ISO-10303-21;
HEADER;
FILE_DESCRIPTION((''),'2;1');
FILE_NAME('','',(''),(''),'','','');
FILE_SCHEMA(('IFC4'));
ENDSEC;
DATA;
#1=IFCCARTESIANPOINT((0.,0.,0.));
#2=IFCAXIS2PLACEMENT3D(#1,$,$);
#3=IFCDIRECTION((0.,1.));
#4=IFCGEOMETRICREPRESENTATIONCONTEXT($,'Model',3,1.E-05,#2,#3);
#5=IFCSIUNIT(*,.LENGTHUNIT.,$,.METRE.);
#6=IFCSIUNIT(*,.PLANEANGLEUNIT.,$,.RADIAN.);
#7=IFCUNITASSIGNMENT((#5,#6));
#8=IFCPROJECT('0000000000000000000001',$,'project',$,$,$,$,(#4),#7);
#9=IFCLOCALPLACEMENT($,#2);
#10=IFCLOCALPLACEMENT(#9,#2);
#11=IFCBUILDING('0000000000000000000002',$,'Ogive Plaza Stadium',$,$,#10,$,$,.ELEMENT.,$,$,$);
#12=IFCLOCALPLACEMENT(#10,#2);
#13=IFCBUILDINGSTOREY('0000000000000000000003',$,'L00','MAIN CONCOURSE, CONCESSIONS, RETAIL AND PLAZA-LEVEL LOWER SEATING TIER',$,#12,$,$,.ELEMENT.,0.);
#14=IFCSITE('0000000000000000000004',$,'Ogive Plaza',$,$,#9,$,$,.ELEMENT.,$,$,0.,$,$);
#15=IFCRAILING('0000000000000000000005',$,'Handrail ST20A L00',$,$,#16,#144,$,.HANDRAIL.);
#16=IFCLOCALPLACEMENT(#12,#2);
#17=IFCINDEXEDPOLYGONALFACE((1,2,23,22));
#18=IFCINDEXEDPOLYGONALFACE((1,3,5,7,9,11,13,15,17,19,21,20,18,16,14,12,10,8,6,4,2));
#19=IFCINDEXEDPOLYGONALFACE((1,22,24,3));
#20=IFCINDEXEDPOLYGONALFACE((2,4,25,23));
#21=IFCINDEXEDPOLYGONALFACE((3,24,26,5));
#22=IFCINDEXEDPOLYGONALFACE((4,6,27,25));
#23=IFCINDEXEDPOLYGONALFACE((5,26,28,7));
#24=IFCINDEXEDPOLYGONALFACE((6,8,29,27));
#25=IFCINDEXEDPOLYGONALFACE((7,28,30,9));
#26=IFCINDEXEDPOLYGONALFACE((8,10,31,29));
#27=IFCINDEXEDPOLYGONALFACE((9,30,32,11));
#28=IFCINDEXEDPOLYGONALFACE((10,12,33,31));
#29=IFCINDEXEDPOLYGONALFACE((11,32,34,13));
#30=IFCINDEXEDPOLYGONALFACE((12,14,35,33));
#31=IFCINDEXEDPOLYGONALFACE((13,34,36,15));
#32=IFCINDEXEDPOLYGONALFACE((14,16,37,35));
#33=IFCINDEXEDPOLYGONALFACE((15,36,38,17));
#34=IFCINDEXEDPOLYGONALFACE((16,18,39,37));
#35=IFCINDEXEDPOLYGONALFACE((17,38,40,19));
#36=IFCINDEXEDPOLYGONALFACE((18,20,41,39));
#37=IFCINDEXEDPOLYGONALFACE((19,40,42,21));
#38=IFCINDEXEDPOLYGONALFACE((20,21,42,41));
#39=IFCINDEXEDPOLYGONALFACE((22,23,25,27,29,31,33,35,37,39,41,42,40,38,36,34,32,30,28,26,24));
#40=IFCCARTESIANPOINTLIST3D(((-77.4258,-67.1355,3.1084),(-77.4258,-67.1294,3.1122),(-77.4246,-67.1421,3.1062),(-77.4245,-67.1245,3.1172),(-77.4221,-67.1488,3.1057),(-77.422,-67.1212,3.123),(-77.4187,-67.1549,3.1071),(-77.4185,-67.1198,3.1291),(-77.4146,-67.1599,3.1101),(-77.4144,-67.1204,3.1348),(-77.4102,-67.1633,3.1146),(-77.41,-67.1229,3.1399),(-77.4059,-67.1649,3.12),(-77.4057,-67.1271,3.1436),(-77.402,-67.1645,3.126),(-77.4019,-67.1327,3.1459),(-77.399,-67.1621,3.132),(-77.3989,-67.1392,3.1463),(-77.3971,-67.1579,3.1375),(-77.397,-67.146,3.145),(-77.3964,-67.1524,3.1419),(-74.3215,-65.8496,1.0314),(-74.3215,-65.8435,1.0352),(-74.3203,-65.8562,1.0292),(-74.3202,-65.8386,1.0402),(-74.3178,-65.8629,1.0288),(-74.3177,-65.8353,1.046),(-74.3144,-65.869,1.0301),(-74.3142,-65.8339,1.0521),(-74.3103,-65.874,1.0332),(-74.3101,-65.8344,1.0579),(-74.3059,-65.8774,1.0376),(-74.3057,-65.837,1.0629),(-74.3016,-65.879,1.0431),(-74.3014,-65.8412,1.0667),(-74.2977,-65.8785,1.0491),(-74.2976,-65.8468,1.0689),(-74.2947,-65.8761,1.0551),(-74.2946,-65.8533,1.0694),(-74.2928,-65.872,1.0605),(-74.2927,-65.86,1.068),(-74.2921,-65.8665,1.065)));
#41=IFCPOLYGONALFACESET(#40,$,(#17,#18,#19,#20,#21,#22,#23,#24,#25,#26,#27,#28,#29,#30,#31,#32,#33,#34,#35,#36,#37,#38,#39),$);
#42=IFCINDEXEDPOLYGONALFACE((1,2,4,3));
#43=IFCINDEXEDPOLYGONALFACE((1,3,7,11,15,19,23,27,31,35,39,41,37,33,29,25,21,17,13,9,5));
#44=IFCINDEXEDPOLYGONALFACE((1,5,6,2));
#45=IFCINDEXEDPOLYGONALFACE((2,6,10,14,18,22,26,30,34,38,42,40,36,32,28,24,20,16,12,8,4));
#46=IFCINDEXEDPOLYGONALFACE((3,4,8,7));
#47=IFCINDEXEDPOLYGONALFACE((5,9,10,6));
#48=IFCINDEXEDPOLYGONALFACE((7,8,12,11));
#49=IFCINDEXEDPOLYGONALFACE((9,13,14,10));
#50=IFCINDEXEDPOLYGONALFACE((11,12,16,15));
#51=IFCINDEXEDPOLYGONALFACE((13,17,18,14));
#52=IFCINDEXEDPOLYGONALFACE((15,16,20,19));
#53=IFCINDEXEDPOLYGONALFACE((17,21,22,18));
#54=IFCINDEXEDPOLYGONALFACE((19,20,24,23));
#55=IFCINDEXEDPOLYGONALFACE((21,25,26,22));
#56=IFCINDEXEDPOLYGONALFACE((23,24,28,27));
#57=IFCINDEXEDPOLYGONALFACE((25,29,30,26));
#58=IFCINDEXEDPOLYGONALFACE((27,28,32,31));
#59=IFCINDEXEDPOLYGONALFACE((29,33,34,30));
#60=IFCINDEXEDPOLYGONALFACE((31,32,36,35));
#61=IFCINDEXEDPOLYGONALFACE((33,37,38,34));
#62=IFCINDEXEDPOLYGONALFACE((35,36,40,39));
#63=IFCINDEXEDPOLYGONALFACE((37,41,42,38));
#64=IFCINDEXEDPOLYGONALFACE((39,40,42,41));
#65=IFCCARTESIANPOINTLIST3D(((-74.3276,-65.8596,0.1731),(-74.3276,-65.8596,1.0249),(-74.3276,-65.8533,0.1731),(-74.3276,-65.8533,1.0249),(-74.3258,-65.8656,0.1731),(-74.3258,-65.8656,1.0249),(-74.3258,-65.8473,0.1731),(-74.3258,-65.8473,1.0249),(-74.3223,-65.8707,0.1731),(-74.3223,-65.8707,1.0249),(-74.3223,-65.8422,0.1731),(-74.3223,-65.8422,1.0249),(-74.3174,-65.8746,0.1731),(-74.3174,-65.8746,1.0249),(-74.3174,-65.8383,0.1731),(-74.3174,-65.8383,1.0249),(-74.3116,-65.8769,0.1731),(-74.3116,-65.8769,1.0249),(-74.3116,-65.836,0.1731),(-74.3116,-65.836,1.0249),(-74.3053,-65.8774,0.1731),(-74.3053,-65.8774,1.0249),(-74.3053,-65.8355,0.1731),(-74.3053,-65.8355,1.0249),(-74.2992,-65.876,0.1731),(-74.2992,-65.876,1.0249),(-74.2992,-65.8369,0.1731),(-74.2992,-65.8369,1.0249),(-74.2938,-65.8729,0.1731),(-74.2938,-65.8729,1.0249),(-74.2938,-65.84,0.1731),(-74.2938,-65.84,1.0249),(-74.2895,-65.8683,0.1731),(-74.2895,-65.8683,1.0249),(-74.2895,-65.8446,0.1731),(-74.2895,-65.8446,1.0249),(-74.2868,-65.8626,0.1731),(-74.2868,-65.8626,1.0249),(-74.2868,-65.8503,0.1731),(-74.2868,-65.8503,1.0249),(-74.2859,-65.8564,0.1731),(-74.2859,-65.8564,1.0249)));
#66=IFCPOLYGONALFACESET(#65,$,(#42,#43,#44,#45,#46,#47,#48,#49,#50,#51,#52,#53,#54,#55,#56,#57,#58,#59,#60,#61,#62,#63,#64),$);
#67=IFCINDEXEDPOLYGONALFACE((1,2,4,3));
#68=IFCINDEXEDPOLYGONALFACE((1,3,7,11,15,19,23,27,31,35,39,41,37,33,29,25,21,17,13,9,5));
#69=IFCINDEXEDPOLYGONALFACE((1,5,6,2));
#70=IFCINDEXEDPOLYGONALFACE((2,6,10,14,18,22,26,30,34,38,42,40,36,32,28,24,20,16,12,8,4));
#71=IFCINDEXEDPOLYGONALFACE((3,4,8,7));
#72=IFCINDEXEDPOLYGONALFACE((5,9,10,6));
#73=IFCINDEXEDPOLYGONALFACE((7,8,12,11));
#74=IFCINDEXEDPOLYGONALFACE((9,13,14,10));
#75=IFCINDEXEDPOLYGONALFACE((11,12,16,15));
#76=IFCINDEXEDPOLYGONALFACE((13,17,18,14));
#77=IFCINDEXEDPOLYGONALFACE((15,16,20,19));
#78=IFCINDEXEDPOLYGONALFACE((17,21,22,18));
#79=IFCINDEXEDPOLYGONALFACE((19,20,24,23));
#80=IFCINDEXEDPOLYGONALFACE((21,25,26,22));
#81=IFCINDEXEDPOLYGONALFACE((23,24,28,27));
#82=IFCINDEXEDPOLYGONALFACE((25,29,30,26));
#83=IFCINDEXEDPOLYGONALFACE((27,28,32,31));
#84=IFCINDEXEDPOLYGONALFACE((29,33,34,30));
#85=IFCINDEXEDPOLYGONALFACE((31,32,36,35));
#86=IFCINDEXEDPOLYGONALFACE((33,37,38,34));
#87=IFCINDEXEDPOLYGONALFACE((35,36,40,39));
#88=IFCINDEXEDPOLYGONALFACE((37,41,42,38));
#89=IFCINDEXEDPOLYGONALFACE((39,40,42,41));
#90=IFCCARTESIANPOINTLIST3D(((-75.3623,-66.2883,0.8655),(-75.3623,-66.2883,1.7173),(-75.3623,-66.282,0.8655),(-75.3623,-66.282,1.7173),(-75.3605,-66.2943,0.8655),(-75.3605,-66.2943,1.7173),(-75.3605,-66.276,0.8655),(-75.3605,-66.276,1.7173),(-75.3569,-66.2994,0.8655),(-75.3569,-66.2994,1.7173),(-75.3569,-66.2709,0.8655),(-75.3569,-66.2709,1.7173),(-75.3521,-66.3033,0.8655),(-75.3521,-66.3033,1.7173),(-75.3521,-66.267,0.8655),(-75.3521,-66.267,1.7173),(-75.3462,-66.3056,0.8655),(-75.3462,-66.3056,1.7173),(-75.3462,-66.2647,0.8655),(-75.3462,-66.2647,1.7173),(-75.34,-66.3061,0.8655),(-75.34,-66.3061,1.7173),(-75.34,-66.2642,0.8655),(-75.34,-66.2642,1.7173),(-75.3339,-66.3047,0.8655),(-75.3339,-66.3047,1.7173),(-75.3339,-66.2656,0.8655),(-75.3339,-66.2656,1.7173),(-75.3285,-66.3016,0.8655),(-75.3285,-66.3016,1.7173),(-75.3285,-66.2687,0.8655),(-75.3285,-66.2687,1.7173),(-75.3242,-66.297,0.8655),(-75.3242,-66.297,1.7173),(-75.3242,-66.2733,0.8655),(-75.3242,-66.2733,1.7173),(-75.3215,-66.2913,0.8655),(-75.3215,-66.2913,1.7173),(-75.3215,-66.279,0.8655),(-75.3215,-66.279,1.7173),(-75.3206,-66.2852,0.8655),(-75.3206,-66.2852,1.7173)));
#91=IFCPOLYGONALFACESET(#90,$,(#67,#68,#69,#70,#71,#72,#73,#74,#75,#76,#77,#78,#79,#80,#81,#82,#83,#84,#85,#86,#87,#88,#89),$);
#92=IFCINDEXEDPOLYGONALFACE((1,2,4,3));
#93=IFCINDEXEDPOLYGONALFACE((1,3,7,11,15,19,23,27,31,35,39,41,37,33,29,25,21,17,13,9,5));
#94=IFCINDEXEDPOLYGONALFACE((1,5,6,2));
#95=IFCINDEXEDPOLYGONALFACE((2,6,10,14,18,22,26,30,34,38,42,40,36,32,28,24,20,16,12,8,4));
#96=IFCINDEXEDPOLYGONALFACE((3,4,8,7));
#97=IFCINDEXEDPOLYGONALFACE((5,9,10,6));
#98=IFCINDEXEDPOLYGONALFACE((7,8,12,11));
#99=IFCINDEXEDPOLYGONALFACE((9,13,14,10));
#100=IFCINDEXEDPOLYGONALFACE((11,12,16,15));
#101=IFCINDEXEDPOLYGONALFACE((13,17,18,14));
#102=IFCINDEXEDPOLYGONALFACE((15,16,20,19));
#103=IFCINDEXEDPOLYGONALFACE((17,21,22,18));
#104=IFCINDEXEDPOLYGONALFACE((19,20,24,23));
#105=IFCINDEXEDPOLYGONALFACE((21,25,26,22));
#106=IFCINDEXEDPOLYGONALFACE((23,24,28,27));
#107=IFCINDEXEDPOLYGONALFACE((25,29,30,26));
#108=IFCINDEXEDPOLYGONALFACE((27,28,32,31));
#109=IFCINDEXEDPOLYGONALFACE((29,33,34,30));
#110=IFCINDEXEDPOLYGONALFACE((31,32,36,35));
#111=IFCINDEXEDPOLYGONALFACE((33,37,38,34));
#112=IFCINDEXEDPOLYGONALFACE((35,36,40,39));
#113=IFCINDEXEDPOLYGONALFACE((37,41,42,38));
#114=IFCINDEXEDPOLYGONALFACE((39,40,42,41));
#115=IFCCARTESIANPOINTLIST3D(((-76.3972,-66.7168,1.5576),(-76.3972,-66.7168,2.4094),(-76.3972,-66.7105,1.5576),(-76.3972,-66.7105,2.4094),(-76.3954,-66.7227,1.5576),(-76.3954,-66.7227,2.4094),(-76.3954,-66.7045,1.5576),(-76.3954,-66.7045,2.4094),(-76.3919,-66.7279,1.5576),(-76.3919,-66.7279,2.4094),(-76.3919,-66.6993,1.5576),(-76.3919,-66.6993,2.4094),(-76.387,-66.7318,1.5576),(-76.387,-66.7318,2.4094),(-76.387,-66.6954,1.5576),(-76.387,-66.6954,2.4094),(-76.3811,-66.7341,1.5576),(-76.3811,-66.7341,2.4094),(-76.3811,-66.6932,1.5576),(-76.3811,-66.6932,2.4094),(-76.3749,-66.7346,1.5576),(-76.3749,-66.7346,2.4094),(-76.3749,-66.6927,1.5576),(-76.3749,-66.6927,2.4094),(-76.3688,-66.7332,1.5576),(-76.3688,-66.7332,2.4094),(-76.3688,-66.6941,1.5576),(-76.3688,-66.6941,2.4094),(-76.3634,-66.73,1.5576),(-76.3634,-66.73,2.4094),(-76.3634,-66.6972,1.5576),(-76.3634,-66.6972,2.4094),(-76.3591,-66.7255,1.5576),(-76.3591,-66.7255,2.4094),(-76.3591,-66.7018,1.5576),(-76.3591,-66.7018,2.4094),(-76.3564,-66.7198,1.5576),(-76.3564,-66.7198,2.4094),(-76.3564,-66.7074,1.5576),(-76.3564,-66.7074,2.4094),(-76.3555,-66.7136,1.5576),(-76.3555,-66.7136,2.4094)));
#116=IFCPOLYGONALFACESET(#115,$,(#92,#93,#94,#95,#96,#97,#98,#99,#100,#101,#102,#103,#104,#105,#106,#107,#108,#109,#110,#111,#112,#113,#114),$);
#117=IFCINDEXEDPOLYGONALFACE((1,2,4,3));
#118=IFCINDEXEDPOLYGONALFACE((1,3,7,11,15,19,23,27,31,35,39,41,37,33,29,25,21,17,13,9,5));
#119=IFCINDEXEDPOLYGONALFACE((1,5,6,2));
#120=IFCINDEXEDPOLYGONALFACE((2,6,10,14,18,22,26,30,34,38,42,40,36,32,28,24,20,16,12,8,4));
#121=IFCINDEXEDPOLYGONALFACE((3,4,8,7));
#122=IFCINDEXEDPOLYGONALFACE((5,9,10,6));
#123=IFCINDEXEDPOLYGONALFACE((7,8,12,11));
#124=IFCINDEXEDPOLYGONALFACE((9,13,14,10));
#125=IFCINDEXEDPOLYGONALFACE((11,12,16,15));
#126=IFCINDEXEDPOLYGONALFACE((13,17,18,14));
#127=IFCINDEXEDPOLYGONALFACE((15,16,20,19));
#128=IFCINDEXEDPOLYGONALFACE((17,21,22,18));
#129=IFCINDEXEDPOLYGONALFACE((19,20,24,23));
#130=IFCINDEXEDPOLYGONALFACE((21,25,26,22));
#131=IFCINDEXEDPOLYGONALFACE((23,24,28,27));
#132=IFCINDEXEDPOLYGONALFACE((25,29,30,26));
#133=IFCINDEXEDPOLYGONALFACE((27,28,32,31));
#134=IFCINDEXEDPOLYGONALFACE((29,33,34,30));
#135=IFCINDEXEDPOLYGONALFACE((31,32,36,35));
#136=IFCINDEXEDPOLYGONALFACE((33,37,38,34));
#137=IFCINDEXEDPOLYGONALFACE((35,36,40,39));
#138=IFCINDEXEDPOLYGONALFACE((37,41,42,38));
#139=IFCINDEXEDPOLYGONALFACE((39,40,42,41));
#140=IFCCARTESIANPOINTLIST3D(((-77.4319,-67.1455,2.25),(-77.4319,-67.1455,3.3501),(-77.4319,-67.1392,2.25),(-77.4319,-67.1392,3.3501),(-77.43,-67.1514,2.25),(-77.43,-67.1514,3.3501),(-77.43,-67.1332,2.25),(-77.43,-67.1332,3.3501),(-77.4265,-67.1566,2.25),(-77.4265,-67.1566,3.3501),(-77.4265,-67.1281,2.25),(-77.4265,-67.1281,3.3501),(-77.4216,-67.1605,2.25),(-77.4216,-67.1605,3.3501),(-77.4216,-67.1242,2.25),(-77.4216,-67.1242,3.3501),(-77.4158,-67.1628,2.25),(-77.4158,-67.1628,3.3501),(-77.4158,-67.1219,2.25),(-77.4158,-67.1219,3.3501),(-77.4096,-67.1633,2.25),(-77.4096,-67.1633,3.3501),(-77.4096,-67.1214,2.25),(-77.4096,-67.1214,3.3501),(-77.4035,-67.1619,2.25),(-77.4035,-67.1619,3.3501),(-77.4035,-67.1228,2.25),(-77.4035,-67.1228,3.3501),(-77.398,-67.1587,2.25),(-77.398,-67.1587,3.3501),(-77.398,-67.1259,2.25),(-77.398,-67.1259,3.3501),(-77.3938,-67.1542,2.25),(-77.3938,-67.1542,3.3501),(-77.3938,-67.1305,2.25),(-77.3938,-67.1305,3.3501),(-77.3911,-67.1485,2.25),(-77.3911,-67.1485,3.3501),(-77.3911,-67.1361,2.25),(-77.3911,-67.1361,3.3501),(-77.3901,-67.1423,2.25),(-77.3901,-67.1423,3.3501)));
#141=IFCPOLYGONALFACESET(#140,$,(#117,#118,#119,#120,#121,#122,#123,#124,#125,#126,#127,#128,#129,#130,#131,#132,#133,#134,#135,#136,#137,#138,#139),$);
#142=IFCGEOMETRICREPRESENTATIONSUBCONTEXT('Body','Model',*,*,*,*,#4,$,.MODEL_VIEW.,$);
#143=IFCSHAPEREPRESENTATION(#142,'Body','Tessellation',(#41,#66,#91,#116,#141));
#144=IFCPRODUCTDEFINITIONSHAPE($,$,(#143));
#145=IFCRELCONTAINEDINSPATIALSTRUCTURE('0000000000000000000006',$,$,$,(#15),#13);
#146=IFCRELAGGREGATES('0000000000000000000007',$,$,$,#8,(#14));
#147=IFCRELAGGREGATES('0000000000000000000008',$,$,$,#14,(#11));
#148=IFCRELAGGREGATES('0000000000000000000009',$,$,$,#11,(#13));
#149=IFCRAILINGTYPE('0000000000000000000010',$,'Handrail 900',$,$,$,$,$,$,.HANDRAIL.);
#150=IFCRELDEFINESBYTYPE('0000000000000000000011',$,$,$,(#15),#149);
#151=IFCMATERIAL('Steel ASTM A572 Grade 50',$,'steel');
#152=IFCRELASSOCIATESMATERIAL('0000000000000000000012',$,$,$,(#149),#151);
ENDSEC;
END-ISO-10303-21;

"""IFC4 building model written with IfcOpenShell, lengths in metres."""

from ifc_helpers import new_model, si_unit, direction, frame, origin, origin_2d, place, context, subcontext, project, spatial, circle, extrude, material, type_object, element, save


model = new_model("IFC4")

# Units and contexts
model_context = context("Model", 3, precision=1e-05, world=origin(), true_north=direction((0.0, 1.0)))
body_context = subcontext(model_context, "Body", "Model", "MODEL_VIEW")
ifc_project = project(units=[si_unit("LENGTHUNIT", "METRE"), si_unit("PLANEANGLEUNIT", "RADIAN")], contexts=[model_context])

# Site, building, storey
site_placement = place(None, origin())
site = spatial("IfcSite", under=ifc_project, at=site_placement, Name="Ogive Plaza", CompositionType="ELEMENT", RefElevation=0.0)
building_placement = place(site_placement, origin())
building = spatial("IfcBuilding", under=site, at=building_placement, Name="Ogive Plaza Stadium", CompositionType="ELEMENT")
storey_placement = place(building_placement, origin())
storey = spatial("IfcBuildingStorey", under=building, at=storey_placement, Name="L00", Description="MAIN CONCOURSE, CONCESSIONS, RETAIL AND PLAZA-LEVEL LOWER SEATING TIER", CompositionType="ELEMENT", Elevation=0.0)

# Railing
ifc_material_1 = material(Name="Steel ASTM A572 Grade 50", Category="steel")
railing_type_1 = type_object("IfcRailingType", Name="Handrail 900", PredefinedType="HANDRAIL", material=ifc_material_1)
railing_1_placement = place(storey_placement, frame((-74.3069, -65.8564, 0.1731)))
element("IfcRailing", 1, at=railing_1_placement, inside=storey, type_object=railing_type_1, Name="Handrail ST20A L00", PredefinedType="HANDRAIL", context=body_context, shape_type="SweptSolid", body=[
    extrude(circle(Radius=0.0239, at=origin_2d()), frame((0.0, 0.0, 0.876), z_axis=(-0.785863, -0.325532, 0.525783), x_axis=(0.3827, -0.923872, 0.0)), (0.0, 0.0, 1.0), 3.9502),
    extrude(circle(Radius=0.021, at=origin_2d()), origin(), (0.0, 0.0, 1.0), 0.8518),
    extrude(circle(Radius=0.021, at=origin_2d()), frame((-1.0347, -0.4287, 0.6924)), (0.0, 0.0, 1.0), 0.8518),
    extrude(circle(Radius=0.021, at=origin_2d()), frame((-2.0696, -0.8572, 1.3845)), (0.0, 0.0, 1.0), 0.8518),
    extrude(circle(Radius=0.021, at=origin_2d()), frame((-3.1042, -1.2859, 2.0769)), (0.0, 0.0, 1.0), 1.1001),
])

save(model, "model.ifc")
